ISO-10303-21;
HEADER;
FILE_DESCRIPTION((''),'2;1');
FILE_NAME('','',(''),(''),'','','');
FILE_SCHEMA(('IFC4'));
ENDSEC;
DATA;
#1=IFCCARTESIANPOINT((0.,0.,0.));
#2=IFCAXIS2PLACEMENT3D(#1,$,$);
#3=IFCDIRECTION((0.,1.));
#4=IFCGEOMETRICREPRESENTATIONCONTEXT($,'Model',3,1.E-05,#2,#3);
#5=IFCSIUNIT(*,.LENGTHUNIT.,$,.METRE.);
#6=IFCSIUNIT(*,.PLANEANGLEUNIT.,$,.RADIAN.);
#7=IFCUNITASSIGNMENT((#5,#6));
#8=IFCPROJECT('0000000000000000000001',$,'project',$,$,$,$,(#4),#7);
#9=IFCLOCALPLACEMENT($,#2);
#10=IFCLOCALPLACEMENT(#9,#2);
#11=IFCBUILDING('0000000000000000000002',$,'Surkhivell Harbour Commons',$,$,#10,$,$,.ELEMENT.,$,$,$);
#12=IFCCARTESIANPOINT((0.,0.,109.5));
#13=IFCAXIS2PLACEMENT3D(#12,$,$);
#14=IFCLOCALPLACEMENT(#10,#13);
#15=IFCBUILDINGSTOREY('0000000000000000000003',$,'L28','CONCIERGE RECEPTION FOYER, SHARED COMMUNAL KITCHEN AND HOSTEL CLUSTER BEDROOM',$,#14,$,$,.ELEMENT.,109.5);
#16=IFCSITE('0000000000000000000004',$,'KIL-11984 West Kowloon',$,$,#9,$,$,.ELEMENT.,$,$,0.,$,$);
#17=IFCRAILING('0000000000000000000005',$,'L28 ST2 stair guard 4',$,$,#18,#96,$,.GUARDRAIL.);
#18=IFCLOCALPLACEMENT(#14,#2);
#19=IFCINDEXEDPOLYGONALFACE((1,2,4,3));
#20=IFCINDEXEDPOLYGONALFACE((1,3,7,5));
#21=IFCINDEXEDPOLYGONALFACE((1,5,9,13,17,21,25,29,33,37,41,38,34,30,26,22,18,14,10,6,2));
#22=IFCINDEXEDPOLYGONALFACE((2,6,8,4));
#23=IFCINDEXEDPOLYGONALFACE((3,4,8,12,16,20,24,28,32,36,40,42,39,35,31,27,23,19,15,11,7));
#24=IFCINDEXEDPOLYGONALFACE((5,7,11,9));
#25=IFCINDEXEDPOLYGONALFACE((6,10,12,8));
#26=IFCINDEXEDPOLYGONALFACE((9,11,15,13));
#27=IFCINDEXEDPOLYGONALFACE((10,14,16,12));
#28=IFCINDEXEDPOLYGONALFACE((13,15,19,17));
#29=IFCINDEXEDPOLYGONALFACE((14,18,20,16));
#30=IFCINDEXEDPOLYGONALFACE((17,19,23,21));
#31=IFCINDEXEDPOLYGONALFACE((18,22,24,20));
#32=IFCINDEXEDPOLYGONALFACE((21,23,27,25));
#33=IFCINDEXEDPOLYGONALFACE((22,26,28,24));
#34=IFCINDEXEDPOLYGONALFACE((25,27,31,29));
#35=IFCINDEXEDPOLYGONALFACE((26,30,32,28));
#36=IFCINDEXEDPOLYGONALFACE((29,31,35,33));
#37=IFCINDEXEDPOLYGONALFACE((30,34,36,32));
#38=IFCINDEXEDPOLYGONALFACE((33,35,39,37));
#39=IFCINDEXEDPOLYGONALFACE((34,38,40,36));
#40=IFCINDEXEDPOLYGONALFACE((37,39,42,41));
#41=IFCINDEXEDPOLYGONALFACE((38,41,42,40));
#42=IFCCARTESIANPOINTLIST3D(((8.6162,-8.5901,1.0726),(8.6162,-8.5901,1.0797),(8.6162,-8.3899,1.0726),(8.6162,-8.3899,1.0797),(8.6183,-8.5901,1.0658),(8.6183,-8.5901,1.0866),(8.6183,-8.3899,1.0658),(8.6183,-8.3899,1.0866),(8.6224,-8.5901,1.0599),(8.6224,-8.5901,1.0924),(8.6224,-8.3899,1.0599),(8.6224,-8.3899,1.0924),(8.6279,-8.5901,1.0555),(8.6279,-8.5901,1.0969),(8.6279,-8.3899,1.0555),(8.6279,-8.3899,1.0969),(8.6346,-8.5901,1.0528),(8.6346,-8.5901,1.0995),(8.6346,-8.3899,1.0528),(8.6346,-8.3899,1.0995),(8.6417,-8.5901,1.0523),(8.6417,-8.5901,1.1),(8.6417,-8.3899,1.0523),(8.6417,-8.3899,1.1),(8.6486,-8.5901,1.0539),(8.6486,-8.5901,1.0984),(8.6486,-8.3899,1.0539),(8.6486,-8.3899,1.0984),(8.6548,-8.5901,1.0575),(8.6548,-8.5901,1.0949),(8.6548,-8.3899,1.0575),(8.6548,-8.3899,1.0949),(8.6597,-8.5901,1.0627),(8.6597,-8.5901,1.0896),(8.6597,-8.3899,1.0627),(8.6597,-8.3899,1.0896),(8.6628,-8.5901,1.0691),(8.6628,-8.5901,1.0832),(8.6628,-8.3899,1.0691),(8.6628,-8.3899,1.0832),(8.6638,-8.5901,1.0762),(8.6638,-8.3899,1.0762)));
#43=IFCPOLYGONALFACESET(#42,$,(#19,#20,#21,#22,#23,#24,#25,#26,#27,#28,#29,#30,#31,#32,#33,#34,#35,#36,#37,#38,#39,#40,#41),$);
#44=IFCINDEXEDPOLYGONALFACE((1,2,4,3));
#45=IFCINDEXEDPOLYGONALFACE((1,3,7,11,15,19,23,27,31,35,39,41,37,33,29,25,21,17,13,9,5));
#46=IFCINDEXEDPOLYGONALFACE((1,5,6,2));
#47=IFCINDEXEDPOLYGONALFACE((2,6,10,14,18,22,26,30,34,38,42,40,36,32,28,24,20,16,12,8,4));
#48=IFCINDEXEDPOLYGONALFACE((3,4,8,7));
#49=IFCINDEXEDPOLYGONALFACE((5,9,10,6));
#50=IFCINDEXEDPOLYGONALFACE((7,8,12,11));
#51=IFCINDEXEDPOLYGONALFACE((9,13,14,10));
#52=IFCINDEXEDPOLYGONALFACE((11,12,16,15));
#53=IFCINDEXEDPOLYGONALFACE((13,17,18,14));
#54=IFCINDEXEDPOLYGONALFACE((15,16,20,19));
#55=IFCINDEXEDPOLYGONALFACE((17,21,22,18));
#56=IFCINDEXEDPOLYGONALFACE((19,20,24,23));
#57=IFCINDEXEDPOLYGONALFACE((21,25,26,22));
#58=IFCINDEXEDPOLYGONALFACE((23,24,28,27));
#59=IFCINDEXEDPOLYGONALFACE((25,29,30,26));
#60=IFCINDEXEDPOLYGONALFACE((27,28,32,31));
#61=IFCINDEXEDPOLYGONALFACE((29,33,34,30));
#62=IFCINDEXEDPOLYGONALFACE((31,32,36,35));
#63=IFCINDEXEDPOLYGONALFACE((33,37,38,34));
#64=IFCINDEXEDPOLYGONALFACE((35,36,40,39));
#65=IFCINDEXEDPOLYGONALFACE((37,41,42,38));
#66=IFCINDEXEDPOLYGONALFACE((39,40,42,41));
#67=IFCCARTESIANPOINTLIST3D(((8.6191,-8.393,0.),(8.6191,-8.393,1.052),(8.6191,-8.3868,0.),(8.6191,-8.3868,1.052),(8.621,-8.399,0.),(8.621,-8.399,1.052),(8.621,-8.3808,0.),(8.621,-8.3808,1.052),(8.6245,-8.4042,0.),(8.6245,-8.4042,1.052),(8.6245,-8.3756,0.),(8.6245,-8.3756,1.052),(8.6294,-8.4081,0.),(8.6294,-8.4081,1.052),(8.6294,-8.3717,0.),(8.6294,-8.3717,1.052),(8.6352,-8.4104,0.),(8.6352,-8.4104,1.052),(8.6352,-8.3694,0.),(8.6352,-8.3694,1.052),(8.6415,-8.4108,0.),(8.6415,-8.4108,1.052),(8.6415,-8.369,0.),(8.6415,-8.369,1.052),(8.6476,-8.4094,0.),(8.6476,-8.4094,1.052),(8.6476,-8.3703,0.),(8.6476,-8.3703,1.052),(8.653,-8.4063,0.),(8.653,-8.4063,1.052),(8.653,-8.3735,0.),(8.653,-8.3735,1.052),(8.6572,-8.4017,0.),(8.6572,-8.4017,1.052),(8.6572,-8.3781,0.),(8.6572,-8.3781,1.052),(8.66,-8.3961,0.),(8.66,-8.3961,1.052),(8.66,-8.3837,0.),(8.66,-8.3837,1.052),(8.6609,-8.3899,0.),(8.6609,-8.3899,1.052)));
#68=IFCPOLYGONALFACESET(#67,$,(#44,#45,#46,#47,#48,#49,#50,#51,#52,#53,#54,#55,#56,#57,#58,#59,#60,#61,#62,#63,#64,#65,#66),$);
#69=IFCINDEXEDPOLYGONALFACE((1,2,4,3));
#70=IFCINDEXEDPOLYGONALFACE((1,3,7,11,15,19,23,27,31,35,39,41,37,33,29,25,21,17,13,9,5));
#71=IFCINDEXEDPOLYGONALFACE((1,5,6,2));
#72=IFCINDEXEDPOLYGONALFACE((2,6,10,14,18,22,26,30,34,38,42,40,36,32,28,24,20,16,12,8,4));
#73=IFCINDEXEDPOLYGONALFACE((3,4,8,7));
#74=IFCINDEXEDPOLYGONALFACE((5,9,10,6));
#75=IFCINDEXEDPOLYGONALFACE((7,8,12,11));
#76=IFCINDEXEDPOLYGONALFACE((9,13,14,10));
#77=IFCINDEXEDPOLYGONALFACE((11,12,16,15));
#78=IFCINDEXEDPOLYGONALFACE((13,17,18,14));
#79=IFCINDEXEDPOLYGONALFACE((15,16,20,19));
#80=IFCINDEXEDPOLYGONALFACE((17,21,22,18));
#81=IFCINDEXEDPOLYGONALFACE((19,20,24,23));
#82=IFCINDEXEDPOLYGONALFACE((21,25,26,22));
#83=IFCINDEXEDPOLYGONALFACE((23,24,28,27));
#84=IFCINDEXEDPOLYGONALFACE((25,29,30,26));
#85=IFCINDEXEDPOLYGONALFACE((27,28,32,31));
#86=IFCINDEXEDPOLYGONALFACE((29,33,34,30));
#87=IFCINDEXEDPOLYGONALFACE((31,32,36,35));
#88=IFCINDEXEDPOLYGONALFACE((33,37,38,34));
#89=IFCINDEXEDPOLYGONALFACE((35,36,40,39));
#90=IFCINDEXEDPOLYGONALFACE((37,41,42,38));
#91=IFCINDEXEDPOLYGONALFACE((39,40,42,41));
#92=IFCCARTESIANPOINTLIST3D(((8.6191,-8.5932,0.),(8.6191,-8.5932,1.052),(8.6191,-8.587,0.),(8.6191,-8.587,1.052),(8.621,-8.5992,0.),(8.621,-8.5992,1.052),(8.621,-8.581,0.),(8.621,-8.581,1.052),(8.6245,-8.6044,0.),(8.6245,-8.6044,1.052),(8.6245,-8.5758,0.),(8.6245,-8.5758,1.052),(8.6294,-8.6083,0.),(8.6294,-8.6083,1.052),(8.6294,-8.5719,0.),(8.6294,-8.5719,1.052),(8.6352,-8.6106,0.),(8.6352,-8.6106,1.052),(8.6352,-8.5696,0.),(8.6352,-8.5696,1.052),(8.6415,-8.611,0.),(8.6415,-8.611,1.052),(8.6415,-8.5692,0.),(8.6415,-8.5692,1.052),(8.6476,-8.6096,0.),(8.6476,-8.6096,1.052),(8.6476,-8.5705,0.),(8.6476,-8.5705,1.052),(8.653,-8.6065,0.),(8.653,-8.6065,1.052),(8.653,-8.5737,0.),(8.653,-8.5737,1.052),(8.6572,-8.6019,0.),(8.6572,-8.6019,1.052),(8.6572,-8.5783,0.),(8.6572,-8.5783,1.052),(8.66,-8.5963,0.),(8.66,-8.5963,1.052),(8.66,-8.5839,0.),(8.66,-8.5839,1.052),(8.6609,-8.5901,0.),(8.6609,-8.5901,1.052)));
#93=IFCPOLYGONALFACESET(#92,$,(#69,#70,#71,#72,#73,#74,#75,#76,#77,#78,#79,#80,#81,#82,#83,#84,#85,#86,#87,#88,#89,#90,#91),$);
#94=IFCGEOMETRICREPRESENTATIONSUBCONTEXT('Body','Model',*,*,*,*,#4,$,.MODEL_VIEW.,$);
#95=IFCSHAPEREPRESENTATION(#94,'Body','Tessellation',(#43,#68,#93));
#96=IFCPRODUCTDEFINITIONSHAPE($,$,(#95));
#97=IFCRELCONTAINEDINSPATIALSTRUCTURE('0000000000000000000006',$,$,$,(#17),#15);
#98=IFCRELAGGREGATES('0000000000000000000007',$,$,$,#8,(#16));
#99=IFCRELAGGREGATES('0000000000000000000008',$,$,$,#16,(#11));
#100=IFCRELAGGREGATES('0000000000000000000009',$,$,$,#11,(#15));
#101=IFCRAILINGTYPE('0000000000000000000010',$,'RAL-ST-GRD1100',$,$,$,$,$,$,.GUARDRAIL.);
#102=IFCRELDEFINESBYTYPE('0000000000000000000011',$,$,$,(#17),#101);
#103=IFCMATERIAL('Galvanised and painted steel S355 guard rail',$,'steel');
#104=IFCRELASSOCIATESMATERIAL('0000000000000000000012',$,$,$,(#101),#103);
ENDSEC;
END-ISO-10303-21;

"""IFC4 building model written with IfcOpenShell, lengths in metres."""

from ifc_helpers import new_model, si_unit, direction, frame, origin, origin_2d, place, context, subcontext, project, spatial, circle, extrude, material, type_object, element, save


model = new_model("IFC4")

# Units and contexts
model_context = context("Model", 3, precision=1e-05, world=origin(), true_north=direction((0.0, 1.0)))
body_context = subcontext(model_context, "Body", "Model", "MODEL_VIEW")
ifc_project = project(units=[si_unit("LENGTHUNIT", "METRE"), si_unit("PLANEANGLEUNIT", "RADIAN")], contexts=[model_context])

# Site, building, storey
site_placement = place(None, origin())
site = spatial("IfcSite", under=ifc_project, at=site_placement, Name="KIL-11984 West Kowloon", CompositionType="ELEMENT", RefElevation=0.0)
building_placement = place(site_placement, origin())
building = spatial("IfcBuilding", under=site, at=building_placement, Name="Surkhivell Harbour Commons", CompositionType="ELEMENT")
storey_placement = place(building_placement, frame((0.0, 0.0, 109.5)))
storey = spatial("IfcBuildingStorey", under=building, at=storey_placement, Name="L28", Description="CONCIERGE RECEPTION FOYER, SHARED COMMUNAL KITCHEN AND HOSTEL CLUSTER BEDROOM", CompositionType="ELEMENT", Elevation=109.5)

# Railing
ifc_material_1 = material(Name="Galvanised and painted steel S355 guard rail", Category="steel")
railing_type = type_object("IfcRailingType", Name="RAL-ST-GRD1100", PredefinedType="GUARDRAIL", material=ifc_material_1)
railing_1_placement = place(storey_placement, frame((8.6399, -8.3899, 0.0)))
element("IfcRailing", 1, at=railing_1_placement, inside=storey, type_object=railing_type, Name="L28 ST2 stair guard 4", PredefinedType="GUARDRAIL", context=body_context, shape_type="SweptSolid", body=[
    extrude(circle(Radius=0.0239, at=origin_2d()), frame((0.0, 0.0, 1.0762), z_axis=(0.0, -1.0, 0.0), x_axis=(1.0, 0.0, 0.0)), (0.0, 0.0, 1.0), 0.2002),
    extrude(circle(Radius=0.021, at=origin_2d()), origin(), (0.0, 0.0, 1.0), 1.052),
    extrude(circle(Radius=0.021, at=origin_2d()), frame((0.0, -0.2002, 0.0)), (0.0, 0.0, 1.0), 1.052),
])

save(model, "model.ifc")
